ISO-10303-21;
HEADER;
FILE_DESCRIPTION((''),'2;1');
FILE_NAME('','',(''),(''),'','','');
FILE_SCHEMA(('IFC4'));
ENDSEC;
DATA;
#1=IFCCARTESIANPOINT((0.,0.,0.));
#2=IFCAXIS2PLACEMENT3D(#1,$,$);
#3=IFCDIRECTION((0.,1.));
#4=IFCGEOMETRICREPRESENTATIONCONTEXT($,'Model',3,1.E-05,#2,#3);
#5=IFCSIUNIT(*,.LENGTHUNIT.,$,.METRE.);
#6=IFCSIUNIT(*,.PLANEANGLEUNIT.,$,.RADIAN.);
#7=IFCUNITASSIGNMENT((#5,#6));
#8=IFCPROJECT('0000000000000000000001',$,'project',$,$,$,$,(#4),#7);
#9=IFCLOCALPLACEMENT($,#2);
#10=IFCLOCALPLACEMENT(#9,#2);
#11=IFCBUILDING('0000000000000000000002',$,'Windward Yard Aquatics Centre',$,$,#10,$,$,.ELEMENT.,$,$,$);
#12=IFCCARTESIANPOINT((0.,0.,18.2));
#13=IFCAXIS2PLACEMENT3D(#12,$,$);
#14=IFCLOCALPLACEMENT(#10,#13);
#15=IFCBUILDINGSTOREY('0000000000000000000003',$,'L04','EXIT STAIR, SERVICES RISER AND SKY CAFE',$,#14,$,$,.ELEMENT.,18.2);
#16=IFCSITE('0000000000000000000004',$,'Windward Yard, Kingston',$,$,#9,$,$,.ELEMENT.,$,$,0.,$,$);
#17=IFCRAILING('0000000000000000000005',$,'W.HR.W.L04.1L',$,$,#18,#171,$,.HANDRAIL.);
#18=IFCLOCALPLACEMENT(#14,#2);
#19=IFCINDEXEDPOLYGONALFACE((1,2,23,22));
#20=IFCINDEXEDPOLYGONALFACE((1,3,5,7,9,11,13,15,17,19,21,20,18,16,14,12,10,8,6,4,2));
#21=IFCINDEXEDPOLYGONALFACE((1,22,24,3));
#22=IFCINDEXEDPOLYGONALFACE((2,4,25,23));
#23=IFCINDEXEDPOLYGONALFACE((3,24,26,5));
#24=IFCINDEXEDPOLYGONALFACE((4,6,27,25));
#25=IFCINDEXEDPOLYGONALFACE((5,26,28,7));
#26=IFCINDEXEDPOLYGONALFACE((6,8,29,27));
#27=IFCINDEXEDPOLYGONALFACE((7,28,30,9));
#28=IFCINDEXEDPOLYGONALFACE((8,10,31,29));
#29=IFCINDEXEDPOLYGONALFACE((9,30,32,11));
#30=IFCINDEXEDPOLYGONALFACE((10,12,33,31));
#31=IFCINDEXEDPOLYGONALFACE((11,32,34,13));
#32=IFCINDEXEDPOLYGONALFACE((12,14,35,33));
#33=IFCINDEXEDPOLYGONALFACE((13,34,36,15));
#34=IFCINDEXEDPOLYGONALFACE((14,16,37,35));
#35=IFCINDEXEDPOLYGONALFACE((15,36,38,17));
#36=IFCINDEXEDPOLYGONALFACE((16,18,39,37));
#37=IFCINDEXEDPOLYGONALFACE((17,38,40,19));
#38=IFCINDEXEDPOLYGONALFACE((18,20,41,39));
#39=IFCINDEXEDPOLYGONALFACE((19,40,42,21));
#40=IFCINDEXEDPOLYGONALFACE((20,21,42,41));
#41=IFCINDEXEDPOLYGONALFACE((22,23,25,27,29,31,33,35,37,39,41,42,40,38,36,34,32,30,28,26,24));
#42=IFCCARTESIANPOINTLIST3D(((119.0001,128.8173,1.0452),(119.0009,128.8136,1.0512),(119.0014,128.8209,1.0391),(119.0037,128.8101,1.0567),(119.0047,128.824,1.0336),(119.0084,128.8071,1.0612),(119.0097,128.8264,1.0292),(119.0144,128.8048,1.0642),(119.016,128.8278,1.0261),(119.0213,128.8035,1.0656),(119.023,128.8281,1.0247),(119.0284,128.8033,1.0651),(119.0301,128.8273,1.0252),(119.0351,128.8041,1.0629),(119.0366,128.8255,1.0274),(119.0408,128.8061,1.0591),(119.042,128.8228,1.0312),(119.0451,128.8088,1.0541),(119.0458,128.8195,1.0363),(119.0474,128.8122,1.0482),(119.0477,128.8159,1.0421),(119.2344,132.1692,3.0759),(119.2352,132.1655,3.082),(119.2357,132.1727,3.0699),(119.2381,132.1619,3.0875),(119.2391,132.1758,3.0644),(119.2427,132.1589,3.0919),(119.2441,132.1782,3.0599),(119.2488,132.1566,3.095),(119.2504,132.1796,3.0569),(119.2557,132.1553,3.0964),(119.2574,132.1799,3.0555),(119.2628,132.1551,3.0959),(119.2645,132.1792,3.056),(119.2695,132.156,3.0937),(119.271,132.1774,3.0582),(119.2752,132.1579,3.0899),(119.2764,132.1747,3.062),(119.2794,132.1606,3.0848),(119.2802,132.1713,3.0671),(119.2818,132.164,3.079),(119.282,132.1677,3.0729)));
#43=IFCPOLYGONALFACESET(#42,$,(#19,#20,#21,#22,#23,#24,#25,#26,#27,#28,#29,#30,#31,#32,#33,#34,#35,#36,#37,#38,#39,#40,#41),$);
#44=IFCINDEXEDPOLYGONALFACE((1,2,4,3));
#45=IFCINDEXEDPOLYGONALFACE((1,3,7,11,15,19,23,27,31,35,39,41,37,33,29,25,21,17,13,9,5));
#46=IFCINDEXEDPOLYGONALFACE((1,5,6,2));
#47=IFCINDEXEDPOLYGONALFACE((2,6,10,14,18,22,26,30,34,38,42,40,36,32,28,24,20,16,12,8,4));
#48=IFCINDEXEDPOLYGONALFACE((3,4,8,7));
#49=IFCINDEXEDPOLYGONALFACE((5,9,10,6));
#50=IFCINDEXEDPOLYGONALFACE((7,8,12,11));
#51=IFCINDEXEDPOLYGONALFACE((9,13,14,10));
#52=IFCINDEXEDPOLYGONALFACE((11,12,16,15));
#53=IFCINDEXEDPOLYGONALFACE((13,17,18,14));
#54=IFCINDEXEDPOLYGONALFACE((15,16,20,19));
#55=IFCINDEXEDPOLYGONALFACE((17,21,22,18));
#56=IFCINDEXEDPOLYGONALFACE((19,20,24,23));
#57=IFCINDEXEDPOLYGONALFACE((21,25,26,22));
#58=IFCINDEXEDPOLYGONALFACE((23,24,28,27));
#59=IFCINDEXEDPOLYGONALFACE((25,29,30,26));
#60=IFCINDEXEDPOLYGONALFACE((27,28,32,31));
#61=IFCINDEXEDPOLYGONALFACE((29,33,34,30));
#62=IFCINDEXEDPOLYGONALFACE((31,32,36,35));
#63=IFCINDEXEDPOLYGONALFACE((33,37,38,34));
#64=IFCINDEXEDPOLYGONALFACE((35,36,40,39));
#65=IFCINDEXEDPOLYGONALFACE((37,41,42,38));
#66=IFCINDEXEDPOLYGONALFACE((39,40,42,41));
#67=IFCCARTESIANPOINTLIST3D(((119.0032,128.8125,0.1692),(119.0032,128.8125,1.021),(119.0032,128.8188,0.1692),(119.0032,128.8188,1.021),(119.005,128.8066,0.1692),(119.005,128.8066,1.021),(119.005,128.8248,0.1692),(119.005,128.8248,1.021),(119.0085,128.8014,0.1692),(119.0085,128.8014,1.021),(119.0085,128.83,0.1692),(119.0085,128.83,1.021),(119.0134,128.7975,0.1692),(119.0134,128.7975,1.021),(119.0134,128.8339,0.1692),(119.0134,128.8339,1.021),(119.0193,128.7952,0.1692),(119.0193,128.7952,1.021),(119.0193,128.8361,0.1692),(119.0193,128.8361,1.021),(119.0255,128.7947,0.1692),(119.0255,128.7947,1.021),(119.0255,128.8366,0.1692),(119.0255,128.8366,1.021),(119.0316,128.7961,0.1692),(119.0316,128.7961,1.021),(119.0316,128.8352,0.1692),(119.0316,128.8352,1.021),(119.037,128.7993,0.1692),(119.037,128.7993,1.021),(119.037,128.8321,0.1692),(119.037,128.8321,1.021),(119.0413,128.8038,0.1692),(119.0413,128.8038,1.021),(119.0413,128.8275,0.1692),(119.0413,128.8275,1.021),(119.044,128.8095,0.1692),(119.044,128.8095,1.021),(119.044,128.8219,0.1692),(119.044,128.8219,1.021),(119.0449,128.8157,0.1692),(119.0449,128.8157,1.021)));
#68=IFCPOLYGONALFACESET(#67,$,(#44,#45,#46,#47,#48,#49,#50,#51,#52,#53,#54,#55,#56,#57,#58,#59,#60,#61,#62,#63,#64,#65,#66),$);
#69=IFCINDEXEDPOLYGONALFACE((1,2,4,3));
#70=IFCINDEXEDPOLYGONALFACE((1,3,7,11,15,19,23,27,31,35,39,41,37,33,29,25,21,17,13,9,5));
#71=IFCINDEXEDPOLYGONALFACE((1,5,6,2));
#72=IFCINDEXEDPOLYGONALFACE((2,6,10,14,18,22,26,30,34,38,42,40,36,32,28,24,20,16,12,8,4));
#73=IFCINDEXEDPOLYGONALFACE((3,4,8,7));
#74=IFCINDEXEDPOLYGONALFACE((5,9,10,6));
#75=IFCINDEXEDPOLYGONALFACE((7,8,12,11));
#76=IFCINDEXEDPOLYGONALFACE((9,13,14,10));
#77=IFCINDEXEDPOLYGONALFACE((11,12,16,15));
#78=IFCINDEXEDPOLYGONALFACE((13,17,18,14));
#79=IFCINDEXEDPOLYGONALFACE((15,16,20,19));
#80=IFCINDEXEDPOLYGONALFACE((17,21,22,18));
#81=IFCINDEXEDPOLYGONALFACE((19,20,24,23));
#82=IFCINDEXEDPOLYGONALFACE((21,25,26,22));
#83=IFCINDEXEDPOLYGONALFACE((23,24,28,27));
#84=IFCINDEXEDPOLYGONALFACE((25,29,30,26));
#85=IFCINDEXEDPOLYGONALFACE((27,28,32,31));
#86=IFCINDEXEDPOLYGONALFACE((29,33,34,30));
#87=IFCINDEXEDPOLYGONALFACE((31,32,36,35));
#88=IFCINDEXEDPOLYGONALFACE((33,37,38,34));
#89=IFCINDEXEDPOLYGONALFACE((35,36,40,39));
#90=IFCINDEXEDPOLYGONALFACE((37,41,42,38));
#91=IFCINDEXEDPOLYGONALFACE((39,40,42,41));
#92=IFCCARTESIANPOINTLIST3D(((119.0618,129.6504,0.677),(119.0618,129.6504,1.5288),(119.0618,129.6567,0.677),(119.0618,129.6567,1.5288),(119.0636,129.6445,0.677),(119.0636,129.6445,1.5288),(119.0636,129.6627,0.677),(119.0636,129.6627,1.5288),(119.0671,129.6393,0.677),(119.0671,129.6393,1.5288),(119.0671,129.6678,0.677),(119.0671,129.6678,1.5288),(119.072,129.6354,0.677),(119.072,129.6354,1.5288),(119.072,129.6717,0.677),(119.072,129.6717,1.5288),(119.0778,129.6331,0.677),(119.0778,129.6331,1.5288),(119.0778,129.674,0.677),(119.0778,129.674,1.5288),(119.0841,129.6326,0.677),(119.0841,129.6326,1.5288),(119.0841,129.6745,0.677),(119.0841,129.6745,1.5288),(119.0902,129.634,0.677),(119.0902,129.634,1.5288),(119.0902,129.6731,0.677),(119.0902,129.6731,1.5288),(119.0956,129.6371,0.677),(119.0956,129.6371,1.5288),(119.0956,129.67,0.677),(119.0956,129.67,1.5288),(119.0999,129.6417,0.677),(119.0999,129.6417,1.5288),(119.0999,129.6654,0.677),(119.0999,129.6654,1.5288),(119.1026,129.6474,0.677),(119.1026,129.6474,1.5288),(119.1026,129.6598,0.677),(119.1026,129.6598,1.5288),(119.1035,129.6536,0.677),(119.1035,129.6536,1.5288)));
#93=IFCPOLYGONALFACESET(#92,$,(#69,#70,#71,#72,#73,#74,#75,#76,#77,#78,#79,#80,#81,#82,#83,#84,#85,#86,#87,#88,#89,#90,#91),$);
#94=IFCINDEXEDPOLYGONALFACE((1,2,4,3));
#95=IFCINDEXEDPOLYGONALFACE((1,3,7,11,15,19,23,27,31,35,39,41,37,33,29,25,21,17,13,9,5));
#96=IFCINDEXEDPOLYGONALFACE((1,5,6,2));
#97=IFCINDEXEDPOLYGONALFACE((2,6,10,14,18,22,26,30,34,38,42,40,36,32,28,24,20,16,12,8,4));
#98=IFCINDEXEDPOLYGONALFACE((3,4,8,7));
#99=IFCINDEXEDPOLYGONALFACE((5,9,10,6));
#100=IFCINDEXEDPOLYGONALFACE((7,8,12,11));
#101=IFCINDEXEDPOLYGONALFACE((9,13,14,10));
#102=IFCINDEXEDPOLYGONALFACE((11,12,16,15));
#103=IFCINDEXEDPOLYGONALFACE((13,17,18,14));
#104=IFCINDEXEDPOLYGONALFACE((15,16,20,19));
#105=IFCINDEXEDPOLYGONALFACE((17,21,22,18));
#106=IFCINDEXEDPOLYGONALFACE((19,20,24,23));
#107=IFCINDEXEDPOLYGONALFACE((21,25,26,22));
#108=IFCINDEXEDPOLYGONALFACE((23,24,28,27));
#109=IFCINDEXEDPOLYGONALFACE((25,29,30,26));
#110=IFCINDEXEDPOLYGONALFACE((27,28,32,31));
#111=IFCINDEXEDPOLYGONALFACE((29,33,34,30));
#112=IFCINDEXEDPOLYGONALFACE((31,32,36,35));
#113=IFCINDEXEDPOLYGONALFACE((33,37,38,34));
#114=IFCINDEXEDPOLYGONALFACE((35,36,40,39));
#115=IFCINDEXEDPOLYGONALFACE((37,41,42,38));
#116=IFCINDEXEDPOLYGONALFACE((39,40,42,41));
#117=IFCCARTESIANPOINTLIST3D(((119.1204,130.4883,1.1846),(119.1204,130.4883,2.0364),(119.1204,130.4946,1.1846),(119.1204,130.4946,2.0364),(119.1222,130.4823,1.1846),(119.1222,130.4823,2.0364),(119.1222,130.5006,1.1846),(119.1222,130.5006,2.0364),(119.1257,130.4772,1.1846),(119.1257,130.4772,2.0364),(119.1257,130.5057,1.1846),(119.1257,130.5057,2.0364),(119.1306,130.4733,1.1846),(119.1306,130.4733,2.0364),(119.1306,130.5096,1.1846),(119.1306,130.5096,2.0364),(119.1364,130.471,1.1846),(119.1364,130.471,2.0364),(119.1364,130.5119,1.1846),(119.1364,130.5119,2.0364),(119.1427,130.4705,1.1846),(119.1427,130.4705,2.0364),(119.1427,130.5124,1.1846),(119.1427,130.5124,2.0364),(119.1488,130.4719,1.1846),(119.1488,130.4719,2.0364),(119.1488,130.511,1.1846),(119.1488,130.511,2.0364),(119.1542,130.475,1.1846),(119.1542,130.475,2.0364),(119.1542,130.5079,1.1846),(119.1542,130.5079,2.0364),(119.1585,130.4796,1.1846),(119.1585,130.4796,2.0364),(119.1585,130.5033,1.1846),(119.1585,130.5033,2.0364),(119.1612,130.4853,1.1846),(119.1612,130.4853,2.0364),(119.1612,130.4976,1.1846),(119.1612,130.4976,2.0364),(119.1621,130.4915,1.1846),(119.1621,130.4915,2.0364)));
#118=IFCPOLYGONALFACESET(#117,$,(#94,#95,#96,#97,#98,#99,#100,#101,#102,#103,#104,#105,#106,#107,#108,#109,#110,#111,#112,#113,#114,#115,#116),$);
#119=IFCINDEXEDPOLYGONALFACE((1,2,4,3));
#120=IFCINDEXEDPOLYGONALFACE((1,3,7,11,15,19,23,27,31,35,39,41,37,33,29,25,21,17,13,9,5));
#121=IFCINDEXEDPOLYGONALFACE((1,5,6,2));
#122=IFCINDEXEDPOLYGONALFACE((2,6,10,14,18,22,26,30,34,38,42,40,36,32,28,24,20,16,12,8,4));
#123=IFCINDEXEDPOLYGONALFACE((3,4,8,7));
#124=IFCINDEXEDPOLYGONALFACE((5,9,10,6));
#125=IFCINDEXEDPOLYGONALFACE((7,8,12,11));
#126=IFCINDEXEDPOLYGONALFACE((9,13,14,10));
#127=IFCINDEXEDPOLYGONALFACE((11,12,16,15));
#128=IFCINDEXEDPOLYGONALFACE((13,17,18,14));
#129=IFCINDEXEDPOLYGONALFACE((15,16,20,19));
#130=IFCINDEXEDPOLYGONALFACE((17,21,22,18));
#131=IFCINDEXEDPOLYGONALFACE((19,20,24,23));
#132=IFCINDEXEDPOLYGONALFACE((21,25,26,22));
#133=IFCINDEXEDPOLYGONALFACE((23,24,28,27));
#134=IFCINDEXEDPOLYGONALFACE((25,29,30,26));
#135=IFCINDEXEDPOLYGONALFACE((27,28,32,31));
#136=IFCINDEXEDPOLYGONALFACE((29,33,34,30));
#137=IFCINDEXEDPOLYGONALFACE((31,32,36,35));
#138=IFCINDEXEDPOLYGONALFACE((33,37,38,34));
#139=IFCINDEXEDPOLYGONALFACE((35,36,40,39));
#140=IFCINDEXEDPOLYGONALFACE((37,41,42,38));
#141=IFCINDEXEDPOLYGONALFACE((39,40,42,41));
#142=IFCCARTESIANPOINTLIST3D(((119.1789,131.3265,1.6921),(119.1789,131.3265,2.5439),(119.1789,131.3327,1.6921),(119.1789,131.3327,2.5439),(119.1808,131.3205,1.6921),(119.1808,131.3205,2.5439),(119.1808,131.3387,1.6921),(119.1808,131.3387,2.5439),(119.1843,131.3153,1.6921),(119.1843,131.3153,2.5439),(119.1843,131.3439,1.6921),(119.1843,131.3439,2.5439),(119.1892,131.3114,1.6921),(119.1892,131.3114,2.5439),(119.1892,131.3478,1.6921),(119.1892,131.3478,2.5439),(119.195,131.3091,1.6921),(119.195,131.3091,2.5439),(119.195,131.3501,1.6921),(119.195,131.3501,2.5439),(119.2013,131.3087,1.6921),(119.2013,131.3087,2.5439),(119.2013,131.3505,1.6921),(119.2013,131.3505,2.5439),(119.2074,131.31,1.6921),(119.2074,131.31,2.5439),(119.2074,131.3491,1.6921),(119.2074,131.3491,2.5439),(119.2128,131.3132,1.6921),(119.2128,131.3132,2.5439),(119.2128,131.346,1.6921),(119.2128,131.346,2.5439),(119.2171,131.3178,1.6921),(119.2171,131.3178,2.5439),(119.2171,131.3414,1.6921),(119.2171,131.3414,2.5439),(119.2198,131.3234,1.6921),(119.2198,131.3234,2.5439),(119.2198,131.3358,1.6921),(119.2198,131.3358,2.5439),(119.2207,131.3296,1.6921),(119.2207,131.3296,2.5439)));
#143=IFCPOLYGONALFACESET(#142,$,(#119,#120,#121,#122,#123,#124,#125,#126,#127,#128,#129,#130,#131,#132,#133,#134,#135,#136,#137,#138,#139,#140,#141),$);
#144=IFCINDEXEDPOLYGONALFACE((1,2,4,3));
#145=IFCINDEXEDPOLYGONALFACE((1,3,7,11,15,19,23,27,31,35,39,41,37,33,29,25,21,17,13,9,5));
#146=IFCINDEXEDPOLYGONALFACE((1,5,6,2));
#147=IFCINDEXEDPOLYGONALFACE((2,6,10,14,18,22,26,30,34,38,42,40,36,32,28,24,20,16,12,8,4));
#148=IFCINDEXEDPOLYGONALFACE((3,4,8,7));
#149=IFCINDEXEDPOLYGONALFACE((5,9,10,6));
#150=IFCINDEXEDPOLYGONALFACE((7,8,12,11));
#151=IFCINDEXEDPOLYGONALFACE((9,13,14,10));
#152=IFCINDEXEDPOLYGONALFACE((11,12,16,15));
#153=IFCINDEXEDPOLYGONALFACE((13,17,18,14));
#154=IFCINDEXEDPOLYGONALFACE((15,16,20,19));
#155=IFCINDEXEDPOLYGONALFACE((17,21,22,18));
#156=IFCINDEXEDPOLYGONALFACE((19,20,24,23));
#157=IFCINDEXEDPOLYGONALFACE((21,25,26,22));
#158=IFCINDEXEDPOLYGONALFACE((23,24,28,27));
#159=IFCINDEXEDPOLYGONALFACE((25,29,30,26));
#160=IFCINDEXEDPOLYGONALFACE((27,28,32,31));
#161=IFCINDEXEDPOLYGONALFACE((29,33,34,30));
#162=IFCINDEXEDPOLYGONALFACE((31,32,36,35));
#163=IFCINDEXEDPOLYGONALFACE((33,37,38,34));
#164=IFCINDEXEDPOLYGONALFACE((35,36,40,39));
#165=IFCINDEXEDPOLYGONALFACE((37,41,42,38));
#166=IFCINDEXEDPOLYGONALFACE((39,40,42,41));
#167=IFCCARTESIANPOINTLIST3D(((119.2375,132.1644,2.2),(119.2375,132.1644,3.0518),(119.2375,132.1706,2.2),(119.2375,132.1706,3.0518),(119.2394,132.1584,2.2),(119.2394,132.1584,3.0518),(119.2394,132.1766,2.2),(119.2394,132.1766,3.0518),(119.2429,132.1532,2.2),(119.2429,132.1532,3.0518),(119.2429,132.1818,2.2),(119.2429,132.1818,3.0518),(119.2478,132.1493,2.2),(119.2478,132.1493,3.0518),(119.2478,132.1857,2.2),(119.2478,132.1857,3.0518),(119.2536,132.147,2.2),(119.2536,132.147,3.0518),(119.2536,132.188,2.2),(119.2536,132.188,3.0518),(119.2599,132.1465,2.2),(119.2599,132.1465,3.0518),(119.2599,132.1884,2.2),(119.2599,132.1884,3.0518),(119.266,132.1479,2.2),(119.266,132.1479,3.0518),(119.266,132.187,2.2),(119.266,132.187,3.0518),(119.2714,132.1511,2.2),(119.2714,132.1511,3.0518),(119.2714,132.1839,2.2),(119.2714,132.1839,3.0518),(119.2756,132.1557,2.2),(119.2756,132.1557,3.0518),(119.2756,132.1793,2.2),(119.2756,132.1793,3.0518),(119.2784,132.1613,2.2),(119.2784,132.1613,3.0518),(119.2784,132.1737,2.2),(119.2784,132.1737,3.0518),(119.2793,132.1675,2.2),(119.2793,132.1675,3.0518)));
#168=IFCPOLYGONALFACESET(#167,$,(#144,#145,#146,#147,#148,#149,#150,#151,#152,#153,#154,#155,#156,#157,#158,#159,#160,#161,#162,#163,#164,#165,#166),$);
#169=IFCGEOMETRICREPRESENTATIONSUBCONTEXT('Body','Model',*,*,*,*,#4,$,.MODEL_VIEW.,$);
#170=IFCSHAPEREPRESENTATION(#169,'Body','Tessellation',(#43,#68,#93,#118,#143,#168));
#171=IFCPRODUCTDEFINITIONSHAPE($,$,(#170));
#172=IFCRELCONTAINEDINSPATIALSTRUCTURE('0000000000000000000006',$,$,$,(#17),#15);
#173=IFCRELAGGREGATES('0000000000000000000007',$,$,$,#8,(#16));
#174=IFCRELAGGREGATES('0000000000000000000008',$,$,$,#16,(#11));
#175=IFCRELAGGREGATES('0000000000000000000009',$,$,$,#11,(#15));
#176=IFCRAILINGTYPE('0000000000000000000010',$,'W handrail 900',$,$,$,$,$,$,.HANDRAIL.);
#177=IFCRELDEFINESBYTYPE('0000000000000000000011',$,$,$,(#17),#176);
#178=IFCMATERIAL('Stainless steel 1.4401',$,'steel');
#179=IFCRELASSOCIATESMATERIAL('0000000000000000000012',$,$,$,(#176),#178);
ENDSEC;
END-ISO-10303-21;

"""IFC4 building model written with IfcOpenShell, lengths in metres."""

from ifc_helpers import new_model, si_unit, direction, frame, origin, origin_2d, place, context, subcontext, project, spatial, circle, extrude, material, type_object, element, save


model = new_model("IFC4")

# Units and contexts
model_context = context("Model", 3, precision=1e-05, world=origin(), true_north=direction((0.0, 1.0)))
body_context = subcontext(model_context, "Body", "Model", "MODEL_VIEW")
ifc_project = project(units=[si_unit("LENGTHUNIT", "METRE"), si_unit("PLANEANGLEUNIT", "RADIAN")], contexts=[model_context])

# Site, building, storey
site_placement = place(None, origin())
site = spatial("IfcSite", under=ifc_project, at=site_placement, Name="Windward Yard, Kingston", CompositionType="ELEMENT", RefElevation=0.0)
building_placement = place(site_placement, origin())
building = spatial("IfcBuilding", under=site, at=building_placement, Name="Windward Yard Aquatics Centre", CompositionType="ELEMENT")
storey_placement = place(building_placement, frame((0.0, 0.0, 18.2)))
storey = spatial("IfcBuildingStorey", under=building, at=storey_placement, Name="L04", Description="EXIT STAIR, SERVICES RISER AND SKY CAFE", CompositionType="ELEMENT", Elevation=18.2)

# Railing
ifc_material_1 = material(Name="Stainless steel 1.4401", Category="steel")
railing_type_1 = type_object("IfcRailingType", Name="W handrail 900", PredefinedType="HANDRAIL", material=ifc_material_1)
for number, where, name in (
    (1, (119.0239, 128.8157, 0.1692), "W.HR.W.L04.1L"),
):
    element("IfcRailing", number, at=place(storey_placement, frame(where)), inside=storey, type_object=railing_type_1, Name=name, PredefinedType="HANDRAIL", context=body_context, shape_type="SweptSolid", body=[
        extrude(circle(Radius=0.0239, at=origin_2d()), frame((0.0, 0.0, 0.876), z_axis=(0.059698, 0.853744, 0.517259), x_axis=(-0.997564, 0.069755, 0.0)), (0.0, 0.0, 1.0), 3.926),
        extrude(circle(Radius=0.021, at=origin_2d()), origin(), (0.0, 0.0, 1.0), 0.8518),
        extrude(circle(Radius=0.021, at=origin_2d()), frame((0.0586, 0.8379, 0.5078)), (0.0, 0.0, 1.0), 0.8518),
        extrude(circle(Radius=0.021, at=origin_2d()), frame((0.1172, 1.6758, 1.0154)), (0.0, 0.0, 1.0), 0.8518),
        extrude(circle(Radius=0.021, at=origin_2d()), frame((0.1758, 2.5139, 1.5229)), (0.0, 0.0, 1.0), 0.8518),
        extrude(circle(Radius=0.021, at=origin_2d()), frame((0.2344, 3.3518, 2.0308)), (0.0, 0.0, 1.0), 0.8518),
    ])

save(model, "model.ifc")
